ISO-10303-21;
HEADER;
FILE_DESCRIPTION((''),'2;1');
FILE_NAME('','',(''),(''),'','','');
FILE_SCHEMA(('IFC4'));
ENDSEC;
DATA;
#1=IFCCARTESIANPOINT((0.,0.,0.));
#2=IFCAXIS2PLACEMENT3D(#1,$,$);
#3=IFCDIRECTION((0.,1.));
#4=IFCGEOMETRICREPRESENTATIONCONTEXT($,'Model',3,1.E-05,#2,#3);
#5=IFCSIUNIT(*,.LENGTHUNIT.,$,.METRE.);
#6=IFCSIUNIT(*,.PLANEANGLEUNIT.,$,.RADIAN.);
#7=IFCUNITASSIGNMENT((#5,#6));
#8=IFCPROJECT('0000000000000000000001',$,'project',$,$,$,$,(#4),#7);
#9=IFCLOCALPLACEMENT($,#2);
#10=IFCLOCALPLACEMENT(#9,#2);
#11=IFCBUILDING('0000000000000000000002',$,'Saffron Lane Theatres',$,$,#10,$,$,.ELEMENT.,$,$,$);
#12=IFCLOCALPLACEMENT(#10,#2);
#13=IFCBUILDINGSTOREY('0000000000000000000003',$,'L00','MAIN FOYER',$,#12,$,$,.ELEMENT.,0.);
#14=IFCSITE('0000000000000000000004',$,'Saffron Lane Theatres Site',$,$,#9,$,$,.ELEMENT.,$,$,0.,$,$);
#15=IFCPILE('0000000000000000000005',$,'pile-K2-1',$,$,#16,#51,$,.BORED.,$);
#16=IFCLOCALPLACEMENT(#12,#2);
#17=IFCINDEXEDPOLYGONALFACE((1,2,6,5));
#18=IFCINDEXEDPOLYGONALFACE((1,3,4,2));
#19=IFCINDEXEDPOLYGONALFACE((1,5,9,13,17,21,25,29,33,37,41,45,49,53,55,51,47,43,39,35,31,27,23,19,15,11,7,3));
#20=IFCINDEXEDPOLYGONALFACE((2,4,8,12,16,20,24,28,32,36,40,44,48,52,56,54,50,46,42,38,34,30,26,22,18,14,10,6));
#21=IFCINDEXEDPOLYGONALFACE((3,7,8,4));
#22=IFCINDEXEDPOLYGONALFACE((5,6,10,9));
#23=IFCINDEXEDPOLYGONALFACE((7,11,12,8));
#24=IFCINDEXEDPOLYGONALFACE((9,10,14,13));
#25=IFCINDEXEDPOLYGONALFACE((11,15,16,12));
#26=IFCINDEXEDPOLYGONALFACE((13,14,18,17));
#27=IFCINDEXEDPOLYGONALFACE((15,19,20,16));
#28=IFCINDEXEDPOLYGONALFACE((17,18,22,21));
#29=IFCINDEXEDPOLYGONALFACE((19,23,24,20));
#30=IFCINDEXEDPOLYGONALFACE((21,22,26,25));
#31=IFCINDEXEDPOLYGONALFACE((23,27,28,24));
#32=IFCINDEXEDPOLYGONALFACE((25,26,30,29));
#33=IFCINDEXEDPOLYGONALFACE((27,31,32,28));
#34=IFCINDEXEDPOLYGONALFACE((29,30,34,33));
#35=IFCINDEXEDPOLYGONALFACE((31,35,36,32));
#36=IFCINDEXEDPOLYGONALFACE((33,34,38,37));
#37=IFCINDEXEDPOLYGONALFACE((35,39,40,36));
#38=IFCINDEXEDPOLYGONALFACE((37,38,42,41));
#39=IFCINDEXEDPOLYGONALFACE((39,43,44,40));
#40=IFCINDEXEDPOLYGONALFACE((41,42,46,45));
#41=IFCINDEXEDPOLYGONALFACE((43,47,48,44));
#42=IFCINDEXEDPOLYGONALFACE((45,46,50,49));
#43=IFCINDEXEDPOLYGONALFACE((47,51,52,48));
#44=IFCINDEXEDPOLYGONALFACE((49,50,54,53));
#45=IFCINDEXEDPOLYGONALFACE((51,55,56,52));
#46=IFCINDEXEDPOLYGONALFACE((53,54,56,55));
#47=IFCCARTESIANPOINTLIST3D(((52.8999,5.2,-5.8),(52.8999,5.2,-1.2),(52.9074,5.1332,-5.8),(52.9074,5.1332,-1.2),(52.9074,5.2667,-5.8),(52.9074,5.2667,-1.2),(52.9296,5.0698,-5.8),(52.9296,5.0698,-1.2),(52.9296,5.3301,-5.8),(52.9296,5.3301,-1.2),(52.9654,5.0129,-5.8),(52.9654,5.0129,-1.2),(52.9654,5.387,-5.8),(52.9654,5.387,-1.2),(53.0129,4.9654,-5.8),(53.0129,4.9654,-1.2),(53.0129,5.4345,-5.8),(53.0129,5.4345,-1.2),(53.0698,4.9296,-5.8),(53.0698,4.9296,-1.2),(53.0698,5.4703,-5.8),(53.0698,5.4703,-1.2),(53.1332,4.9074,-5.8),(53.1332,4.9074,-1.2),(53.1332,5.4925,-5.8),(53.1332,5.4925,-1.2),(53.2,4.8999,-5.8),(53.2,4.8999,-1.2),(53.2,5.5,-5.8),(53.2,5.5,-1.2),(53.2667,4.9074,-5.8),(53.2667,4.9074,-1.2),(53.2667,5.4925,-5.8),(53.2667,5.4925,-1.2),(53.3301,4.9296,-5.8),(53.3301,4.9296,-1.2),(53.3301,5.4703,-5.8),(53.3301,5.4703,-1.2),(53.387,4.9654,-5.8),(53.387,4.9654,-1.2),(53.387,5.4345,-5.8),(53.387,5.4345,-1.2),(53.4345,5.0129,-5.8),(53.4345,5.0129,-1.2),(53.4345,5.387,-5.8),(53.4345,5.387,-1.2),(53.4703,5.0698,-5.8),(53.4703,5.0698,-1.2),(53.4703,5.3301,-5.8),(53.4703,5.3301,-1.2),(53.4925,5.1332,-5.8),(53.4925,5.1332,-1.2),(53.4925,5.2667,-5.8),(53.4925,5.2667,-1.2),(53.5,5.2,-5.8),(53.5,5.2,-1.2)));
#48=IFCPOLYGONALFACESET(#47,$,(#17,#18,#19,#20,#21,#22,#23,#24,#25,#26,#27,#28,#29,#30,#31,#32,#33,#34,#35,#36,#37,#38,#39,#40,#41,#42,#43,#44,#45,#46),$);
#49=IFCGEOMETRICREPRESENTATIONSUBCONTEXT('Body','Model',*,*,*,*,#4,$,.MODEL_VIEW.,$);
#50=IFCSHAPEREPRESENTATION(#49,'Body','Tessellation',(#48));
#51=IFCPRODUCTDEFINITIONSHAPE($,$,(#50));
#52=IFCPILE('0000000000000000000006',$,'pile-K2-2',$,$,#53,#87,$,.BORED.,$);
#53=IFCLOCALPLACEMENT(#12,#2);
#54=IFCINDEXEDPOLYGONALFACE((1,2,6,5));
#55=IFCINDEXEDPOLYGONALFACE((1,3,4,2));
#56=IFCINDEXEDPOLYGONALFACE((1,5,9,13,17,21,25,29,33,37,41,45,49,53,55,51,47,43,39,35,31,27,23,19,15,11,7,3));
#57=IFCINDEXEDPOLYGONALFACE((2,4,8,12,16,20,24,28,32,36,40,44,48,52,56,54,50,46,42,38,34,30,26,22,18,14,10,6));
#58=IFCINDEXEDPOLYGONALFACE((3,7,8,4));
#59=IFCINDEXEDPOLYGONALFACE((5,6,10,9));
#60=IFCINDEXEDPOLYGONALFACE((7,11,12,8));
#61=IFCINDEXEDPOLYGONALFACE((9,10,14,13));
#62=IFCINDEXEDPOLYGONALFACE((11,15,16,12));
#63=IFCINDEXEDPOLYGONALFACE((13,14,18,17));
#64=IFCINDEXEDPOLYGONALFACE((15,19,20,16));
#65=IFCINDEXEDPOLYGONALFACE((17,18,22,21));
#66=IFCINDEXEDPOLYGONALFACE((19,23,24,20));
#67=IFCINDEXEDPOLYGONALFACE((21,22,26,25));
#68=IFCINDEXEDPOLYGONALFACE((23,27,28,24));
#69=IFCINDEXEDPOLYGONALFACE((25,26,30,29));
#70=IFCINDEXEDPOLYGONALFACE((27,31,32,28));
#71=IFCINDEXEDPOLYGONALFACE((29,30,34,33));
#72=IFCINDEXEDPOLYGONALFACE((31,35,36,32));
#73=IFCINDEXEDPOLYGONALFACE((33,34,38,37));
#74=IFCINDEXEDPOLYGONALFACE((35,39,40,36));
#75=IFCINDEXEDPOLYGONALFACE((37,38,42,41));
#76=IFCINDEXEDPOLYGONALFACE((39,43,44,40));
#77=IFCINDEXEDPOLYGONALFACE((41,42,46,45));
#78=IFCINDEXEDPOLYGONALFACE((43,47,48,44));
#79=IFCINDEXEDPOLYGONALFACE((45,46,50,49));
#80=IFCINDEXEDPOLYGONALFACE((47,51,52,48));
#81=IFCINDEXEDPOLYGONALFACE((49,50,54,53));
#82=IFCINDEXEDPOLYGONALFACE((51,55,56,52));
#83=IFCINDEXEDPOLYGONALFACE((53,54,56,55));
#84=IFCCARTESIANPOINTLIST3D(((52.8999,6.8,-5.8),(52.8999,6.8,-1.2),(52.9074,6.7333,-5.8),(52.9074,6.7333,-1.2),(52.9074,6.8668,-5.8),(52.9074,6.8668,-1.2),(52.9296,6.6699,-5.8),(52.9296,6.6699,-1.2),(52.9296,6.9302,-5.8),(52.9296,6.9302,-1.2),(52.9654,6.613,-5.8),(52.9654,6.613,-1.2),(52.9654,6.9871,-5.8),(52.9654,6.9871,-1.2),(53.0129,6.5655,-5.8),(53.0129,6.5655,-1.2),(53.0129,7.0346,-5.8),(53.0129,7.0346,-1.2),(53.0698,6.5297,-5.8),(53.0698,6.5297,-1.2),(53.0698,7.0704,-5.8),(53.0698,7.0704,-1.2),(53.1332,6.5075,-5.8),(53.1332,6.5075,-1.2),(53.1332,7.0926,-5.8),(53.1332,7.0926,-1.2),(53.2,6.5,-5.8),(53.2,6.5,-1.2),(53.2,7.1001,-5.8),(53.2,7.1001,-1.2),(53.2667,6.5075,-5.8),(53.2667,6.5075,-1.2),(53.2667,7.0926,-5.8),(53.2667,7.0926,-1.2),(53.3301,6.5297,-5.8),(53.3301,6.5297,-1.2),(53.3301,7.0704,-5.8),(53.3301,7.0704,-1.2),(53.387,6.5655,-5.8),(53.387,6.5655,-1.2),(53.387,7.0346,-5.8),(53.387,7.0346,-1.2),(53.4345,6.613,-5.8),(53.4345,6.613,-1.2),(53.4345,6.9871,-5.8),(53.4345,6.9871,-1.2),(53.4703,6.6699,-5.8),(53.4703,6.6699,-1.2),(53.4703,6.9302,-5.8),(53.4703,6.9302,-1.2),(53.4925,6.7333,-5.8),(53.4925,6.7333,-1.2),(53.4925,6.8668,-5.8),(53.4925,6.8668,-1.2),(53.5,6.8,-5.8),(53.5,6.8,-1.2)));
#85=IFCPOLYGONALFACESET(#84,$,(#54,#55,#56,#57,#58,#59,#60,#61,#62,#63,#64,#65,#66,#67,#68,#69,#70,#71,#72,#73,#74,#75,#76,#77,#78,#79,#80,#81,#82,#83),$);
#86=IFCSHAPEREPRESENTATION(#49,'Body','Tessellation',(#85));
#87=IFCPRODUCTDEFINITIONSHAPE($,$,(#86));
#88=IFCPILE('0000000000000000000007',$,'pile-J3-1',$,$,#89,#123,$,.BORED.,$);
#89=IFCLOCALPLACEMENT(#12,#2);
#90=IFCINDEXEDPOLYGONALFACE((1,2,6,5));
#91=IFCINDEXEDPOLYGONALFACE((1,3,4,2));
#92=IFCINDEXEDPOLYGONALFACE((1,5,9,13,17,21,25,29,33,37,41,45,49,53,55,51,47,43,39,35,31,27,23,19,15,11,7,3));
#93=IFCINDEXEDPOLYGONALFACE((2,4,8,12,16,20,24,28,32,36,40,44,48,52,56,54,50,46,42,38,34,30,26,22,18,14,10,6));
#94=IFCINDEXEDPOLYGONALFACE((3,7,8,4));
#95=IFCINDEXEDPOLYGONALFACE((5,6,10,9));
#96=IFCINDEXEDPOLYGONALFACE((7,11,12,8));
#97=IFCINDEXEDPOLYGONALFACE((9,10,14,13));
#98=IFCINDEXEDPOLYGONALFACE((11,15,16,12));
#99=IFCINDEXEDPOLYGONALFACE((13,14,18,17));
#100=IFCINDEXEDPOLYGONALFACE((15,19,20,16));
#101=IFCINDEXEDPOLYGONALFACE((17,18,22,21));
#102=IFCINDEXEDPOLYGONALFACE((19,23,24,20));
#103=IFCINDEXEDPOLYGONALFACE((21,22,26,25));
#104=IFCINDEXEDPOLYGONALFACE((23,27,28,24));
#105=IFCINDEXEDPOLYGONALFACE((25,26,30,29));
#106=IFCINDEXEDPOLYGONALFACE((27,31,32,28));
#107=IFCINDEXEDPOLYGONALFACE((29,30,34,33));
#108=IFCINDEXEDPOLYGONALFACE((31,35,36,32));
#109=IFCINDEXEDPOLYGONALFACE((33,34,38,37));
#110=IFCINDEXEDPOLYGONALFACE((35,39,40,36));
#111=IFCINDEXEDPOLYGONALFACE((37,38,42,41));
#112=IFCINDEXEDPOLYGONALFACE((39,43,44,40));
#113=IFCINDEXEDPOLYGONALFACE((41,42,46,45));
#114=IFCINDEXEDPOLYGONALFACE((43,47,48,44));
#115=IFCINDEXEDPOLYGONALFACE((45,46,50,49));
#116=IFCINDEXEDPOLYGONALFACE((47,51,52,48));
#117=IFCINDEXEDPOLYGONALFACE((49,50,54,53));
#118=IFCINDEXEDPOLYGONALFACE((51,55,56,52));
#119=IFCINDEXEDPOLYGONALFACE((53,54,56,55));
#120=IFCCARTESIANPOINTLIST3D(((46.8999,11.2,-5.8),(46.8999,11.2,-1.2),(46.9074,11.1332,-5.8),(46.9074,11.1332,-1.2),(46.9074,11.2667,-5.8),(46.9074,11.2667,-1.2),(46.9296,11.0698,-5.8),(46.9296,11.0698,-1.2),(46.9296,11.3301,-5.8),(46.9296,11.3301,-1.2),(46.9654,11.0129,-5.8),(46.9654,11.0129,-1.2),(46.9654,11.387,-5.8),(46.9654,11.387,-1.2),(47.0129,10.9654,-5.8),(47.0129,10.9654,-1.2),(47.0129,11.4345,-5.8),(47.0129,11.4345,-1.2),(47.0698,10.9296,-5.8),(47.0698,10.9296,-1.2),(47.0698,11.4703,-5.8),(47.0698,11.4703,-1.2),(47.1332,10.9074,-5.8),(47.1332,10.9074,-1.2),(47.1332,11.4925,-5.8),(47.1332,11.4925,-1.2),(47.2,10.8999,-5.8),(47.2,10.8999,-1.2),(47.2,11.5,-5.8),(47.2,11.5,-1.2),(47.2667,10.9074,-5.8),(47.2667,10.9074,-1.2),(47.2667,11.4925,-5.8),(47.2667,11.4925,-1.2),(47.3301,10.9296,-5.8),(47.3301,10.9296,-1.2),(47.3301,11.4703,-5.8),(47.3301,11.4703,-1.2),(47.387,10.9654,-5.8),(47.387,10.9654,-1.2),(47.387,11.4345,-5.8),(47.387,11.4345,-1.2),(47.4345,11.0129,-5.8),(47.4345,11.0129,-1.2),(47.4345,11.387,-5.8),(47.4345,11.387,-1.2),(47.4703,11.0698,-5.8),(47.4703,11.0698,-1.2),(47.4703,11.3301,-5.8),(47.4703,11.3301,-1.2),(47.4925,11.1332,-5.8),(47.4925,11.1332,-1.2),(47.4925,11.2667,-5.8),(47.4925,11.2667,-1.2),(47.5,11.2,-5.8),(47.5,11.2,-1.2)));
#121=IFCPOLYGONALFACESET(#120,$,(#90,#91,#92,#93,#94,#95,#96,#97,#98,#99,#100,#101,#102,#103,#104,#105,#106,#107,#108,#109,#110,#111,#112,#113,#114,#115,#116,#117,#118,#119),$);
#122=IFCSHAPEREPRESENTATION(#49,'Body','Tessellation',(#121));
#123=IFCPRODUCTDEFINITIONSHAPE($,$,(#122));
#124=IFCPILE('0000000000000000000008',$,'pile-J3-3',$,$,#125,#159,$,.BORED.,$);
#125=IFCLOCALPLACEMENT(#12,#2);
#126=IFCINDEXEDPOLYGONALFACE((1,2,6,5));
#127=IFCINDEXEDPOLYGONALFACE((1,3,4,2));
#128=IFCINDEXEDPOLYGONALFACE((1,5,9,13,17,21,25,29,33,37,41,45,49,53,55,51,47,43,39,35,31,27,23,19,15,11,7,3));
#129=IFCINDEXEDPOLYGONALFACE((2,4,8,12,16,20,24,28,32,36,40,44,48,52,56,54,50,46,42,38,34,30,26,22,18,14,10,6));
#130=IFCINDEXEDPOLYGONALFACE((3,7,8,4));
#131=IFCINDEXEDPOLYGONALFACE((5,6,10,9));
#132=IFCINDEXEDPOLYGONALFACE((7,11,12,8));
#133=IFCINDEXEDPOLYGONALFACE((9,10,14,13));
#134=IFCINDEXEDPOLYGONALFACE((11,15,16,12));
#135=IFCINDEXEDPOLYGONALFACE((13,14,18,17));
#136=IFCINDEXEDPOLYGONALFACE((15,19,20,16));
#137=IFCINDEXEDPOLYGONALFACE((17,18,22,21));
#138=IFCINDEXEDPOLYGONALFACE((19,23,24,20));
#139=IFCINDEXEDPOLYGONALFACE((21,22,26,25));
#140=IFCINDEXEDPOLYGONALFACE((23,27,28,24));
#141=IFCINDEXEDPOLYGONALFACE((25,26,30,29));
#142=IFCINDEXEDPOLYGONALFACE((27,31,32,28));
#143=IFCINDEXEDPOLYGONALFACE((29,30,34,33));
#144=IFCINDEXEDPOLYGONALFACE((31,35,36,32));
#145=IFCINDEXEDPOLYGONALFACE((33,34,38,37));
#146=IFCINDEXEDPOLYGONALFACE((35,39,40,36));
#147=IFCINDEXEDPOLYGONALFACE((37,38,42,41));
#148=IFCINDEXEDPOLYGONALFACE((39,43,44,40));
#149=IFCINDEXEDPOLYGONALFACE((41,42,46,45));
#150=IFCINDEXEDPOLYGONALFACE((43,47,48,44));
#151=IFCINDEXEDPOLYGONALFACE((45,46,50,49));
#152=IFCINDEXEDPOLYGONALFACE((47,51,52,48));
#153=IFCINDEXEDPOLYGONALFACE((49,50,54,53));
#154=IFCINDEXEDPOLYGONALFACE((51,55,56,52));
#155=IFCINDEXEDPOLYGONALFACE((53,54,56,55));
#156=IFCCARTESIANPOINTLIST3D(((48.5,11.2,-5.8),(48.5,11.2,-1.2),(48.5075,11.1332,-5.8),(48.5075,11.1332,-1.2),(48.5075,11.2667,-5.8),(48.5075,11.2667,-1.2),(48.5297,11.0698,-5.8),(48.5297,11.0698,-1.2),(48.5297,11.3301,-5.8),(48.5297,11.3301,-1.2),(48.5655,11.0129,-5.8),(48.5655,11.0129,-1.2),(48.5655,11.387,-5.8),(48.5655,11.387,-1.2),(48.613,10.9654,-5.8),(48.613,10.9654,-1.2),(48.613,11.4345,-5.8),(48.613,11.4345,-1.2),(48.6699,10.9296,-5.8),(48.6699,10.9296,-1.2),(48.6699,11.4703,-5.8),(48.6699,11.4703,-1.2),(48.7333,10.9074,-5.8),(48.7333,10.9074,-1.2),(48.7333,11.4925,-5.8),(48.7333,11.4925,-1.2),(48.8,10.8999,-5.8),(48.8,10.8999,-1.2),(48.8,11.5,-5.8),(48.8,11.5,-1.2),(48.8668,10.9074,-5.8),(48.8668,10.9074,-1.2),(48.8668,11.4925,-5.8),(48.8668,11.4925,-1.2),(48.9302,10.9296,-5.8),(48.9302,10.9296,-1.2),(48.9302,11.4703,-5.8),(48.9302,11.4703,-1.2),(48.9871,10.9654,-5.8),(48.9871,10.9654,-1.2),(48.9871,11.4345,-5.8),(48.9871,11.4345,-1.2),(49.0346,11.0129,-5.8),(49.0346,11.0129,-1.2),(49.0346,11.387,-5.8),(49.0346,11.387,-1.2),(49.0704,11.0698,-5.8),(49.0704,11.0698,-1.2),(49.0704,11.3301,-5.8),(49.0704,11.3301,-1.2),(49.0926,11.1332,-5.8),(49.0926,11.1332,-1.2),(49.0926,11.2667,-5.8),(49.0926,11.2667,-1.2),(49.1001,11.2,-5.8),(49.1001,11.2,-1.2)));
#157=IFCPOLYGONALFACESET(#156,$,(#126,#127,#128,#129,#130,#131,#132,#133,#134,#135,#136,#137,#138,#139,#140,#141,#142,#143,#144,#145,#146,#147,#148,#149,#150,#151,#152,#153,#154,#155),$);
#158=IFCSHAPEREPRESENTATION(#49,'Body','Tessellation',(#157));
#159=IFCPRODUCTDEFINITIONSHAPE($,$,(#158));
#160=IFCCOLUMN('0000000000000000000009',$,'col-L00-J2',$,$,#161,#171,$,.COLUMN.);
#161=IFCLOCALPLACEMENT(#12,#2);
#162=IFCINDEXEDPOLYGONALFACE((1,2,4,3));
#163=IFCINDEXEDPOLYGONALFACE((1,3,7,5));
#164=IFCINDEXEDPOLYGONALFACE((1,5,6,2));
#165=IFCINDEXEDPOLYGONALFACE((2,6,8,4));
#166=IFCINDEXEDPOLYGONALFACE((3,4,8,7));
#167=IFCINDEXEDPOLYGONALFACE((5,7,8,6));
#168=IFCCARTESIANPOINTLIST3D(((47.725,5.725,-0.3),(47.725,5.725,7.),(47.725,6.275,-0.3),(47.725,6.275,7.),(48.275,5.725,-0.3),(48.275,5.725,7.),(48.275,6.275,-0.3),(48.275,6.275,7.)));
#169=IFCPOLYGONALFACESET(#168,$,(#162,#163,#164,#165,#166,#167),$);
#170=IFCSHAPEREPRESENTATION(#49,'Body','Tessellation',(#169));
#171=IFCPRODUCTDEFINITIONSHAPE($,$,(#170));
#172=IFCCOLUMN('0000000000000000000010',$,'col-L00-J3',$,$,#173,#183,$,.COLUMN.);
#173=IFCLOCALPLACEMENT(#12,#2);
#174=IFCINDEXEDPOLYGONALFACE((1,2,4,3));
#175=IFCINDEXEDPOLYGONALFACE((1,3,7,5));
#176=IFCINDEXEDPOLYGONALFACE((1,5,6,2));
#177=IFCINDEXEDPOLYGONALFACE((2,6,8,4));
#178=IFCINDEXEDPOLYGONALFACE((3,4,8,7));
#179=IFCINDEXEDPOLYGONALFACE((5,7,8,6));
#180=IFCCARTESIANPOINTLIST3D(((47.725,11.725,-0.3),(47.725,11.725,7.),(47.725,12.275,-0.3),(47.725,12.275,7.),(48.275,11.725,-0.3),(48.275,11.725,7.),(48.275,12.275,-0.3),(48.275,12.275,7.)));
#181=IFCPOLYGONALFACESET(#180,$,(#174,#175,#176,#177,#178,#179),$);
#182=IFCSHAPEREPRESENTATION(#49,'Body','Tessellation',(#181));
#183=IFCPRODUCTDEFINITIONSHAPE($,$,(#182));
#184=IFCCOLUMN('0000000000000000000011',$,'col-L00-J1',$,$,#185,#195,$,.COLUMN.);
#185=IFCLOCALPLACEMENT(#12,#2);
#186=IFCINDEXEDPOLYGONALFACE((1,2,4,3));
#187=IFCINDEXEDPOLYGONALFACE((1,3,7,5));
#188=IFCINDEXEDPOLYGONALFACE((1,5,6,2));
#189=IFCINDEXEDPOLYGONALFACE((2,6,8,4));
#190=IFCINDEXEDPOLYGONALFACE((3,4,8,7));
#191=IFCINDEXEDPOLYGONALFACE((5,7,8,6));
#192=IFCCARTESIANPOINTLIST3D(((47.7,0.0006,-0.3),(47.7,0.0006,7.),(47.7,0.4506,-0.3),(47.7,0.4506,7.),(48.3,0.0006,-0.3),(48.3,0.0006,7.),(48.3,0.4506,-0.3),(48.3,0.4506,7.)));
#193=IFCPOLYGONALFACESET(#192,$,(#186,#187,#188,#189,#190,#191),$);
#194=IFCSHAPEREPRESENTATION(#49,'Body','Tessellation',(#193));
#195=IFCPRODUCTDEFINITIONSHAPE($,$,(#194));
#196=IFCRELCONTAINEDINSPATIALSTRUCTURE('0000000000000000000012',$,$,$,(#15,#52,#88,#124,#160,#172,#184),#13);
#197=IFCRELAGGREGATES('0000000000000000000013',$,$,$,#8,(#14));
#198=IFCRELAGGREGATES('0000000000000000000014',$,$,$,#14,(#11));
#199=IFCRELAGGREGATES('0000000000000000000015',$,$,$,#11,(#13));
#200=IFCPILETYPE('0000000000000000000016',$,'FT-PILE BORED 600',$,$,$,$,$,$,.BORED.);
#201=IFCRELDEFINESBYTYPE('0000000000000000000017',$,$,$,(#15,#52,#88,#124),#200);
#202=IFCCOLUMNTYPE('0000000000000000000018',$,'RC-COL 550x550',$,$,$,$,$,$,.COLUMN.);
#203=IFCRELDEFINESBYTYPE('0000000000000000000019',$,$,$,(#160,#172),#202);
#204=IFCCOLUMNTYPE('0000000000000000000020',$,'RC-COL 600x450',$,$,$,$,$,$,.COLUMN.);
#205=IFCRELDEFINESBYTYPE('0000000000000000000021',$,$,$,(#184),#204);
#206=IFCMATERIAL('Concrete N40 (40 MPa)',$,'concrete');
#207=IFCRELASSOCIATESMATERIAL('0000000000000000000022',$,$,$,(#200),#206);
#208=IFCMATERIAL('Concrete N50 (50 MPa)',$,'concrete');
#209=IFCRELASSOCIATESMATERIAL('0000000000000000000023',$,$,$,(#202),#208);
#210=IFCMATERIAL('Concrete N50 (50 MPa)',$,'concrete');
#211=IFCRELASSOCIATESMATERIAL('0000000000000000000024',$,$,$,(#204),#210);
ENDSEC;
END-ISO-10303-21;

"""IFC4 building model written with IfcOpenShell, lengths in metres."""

from ifc_helpers import new_model, si_unit, direction, frame, origin, origin_2d, place, context, subcontext, project, spatial, rectangle, circle, extrude, material, material_profile, profile_set, type_object, element, save


model = new_model("IFC4")

# Units and contexts
model_context = context("Model", 3, precision=1e-05, world=origin(), true_north=direction((0.0, 1.0)))
body_context = subcontext(model_context, "Body", "Model", "MODEL_VIEW")
ifc_project = project(units=[si_unit("LENGTHUNIT", "METRE"), si_unit("PLANEANGLEUNIT", "RADIAN")], contexts=[model_context])

# Site, building, storey
site_placement = place(None, origin())
site = spatial("IfcSite", under=ifc_project, at=site_placement, Name="Saffron Lane Theatres Site", CompositionType="ELEMENT", RefElevation=0.0)
building_placement = place(site_placement, origin())
building = spatial("IfcBuilding", under=site, at=building_placement, Name="Saffron Lane Theatres", CompositionType="ELEMENT")
storey_placement = place(building_placement, origin())
storey = spatial("IfcBuildingStorey", under=building, at=storey_placement, Name="L00", Description="MAIN FOYER", CompositionType="ELEMENT", Elevation=0.0)

# Piles
ifc_material_1 = material(Name="Concrete N40 (40 MPa)", Category="concrete")
ifc_material_profile_1 = material_profile(ifc_material_1, circle(Radius=0.3, at=origin_2d()))
ifc_profile_set_1 = profile_set([ifc_material_profile_1], Name="Concrete N40 (40 MPa)")
pile_type = type_object("IfcPileType", Name="FT-PILE BORED 600", PredefinedType="BORED", material=ifc_profile_set_1)
for number, where, z_axis, x_axis, name in (
    (1, (53.2, 5.2, -1.2), (0.0, 0.0, -1.0), (1.0, 0.0, 0.0), "pile-K2-1"),
    (2, (53.2, 6.8, -1.2), (0.0, 0.0, -1.0), (1.0, 0.0, 0.0), "pile-K2-2"),
    (3, (47.2, 11.2, -1.2), (0.0, 0.0, -1.0), (1.0, 0.0, 0.0), "pile-J3-1"),
    (4, (48.8, 11.2, -1.2), (0.0, 0.0, -1.0), (1.0, 0.0, 0.0), "pile-J3-3"),
):
    element("IfcPile", number, at=place(storey_placement, frame(where, z_axis=z_axis, x_axis=x_axis)), inside=storey, type_object=pile_type, Name=name, PredefinedType="BORED", context=body_context, shape_type="SweptSolid", body=[
        extrude(circle(Radius=0.3, at=origin_2d()), origin(), (0.0, 0.0, 1.0), 4.6001),
    ])

# Columns
ifc_material_2 = material(Name="Concrete N50 (50 MPa)", Category="concrete")
ifc_material_profile_2 = material_profile(ifc_material_2, rectangle(XDim=0.55, YDim=0.55, at=origin_2d()))
ifc_profile_set_2 = profile_set([ifc_material_profile_2], Name="Concrete N50 (50 MPa)")
column_type_1 = type_object("IfcColumnType", Name="RC-COL 550x550", PredefinedType="COLUMN", material=ifc_profile_set_2)
for number, where, z_axis, x_axis, name in (
    (5, (48.0, 6.0, -0.3), (0.0, 0.0, 1.0), (1.0, 0.0, 0.0), "col-L00-J2"),
    (6, (48.0, 12.0, -0.3), (0.0, 0.0, 1.0), (1.0, 0.0, 0.0), "col-L00-J3"),
):
    element("IfcColumn", number, at=place(storey_placement, frame(where, z_axis=z_axis, x_axis=x_axis)), inside=storey, type_object=column_type_1, Name=name, PredefinedType="COLUMN", context=body_context, shape_type="SweptSolid", body=[
        extrude(rectangle(XDim=0.55, YDim=0.55, at=origin_2d()), origin(), (0.0, 0.0, 1.0), 7.3),
    ])
ifc_material_3 = material(Name="Concrete N50 (50 MPa)", Category="concrete")
ifc_material_profile_3 = material_profile(ifc_material_3, rectangle(XDim=0.6001, YDim=0.45, at=origin_2d()))
ifc_profile_set_3 = profile_set([ifc_material_profile_3], Name="Concrete N50 (50 MPa)")
column_type_2 = type_object("IfcColumnType", Name="RC-COL 600x450", PredefinedType="COLUMN", material=ifc_profile_set_3)
column_placement = place(storey_placement, frame((48.0, 0.2256, -0.3), z_axis=(0.0, 0.0, 1.0), x_axis=(1.0, 0.0, 0.0)))
element("IfcColumn", 7, at=column_placement, inside=storey, type_object=column_type_2, Name="col-L00-J1", PredefinedType="COLUMN", context=body_context, shape_type="SweptSolid", body=[
    extrude(rectangle(XDim=0.6001, YDim=0.45, at=origin_2d()), origin(), (0.0, 0.0, 1.0), 7.3),
])

save(model, "model.ifc")
